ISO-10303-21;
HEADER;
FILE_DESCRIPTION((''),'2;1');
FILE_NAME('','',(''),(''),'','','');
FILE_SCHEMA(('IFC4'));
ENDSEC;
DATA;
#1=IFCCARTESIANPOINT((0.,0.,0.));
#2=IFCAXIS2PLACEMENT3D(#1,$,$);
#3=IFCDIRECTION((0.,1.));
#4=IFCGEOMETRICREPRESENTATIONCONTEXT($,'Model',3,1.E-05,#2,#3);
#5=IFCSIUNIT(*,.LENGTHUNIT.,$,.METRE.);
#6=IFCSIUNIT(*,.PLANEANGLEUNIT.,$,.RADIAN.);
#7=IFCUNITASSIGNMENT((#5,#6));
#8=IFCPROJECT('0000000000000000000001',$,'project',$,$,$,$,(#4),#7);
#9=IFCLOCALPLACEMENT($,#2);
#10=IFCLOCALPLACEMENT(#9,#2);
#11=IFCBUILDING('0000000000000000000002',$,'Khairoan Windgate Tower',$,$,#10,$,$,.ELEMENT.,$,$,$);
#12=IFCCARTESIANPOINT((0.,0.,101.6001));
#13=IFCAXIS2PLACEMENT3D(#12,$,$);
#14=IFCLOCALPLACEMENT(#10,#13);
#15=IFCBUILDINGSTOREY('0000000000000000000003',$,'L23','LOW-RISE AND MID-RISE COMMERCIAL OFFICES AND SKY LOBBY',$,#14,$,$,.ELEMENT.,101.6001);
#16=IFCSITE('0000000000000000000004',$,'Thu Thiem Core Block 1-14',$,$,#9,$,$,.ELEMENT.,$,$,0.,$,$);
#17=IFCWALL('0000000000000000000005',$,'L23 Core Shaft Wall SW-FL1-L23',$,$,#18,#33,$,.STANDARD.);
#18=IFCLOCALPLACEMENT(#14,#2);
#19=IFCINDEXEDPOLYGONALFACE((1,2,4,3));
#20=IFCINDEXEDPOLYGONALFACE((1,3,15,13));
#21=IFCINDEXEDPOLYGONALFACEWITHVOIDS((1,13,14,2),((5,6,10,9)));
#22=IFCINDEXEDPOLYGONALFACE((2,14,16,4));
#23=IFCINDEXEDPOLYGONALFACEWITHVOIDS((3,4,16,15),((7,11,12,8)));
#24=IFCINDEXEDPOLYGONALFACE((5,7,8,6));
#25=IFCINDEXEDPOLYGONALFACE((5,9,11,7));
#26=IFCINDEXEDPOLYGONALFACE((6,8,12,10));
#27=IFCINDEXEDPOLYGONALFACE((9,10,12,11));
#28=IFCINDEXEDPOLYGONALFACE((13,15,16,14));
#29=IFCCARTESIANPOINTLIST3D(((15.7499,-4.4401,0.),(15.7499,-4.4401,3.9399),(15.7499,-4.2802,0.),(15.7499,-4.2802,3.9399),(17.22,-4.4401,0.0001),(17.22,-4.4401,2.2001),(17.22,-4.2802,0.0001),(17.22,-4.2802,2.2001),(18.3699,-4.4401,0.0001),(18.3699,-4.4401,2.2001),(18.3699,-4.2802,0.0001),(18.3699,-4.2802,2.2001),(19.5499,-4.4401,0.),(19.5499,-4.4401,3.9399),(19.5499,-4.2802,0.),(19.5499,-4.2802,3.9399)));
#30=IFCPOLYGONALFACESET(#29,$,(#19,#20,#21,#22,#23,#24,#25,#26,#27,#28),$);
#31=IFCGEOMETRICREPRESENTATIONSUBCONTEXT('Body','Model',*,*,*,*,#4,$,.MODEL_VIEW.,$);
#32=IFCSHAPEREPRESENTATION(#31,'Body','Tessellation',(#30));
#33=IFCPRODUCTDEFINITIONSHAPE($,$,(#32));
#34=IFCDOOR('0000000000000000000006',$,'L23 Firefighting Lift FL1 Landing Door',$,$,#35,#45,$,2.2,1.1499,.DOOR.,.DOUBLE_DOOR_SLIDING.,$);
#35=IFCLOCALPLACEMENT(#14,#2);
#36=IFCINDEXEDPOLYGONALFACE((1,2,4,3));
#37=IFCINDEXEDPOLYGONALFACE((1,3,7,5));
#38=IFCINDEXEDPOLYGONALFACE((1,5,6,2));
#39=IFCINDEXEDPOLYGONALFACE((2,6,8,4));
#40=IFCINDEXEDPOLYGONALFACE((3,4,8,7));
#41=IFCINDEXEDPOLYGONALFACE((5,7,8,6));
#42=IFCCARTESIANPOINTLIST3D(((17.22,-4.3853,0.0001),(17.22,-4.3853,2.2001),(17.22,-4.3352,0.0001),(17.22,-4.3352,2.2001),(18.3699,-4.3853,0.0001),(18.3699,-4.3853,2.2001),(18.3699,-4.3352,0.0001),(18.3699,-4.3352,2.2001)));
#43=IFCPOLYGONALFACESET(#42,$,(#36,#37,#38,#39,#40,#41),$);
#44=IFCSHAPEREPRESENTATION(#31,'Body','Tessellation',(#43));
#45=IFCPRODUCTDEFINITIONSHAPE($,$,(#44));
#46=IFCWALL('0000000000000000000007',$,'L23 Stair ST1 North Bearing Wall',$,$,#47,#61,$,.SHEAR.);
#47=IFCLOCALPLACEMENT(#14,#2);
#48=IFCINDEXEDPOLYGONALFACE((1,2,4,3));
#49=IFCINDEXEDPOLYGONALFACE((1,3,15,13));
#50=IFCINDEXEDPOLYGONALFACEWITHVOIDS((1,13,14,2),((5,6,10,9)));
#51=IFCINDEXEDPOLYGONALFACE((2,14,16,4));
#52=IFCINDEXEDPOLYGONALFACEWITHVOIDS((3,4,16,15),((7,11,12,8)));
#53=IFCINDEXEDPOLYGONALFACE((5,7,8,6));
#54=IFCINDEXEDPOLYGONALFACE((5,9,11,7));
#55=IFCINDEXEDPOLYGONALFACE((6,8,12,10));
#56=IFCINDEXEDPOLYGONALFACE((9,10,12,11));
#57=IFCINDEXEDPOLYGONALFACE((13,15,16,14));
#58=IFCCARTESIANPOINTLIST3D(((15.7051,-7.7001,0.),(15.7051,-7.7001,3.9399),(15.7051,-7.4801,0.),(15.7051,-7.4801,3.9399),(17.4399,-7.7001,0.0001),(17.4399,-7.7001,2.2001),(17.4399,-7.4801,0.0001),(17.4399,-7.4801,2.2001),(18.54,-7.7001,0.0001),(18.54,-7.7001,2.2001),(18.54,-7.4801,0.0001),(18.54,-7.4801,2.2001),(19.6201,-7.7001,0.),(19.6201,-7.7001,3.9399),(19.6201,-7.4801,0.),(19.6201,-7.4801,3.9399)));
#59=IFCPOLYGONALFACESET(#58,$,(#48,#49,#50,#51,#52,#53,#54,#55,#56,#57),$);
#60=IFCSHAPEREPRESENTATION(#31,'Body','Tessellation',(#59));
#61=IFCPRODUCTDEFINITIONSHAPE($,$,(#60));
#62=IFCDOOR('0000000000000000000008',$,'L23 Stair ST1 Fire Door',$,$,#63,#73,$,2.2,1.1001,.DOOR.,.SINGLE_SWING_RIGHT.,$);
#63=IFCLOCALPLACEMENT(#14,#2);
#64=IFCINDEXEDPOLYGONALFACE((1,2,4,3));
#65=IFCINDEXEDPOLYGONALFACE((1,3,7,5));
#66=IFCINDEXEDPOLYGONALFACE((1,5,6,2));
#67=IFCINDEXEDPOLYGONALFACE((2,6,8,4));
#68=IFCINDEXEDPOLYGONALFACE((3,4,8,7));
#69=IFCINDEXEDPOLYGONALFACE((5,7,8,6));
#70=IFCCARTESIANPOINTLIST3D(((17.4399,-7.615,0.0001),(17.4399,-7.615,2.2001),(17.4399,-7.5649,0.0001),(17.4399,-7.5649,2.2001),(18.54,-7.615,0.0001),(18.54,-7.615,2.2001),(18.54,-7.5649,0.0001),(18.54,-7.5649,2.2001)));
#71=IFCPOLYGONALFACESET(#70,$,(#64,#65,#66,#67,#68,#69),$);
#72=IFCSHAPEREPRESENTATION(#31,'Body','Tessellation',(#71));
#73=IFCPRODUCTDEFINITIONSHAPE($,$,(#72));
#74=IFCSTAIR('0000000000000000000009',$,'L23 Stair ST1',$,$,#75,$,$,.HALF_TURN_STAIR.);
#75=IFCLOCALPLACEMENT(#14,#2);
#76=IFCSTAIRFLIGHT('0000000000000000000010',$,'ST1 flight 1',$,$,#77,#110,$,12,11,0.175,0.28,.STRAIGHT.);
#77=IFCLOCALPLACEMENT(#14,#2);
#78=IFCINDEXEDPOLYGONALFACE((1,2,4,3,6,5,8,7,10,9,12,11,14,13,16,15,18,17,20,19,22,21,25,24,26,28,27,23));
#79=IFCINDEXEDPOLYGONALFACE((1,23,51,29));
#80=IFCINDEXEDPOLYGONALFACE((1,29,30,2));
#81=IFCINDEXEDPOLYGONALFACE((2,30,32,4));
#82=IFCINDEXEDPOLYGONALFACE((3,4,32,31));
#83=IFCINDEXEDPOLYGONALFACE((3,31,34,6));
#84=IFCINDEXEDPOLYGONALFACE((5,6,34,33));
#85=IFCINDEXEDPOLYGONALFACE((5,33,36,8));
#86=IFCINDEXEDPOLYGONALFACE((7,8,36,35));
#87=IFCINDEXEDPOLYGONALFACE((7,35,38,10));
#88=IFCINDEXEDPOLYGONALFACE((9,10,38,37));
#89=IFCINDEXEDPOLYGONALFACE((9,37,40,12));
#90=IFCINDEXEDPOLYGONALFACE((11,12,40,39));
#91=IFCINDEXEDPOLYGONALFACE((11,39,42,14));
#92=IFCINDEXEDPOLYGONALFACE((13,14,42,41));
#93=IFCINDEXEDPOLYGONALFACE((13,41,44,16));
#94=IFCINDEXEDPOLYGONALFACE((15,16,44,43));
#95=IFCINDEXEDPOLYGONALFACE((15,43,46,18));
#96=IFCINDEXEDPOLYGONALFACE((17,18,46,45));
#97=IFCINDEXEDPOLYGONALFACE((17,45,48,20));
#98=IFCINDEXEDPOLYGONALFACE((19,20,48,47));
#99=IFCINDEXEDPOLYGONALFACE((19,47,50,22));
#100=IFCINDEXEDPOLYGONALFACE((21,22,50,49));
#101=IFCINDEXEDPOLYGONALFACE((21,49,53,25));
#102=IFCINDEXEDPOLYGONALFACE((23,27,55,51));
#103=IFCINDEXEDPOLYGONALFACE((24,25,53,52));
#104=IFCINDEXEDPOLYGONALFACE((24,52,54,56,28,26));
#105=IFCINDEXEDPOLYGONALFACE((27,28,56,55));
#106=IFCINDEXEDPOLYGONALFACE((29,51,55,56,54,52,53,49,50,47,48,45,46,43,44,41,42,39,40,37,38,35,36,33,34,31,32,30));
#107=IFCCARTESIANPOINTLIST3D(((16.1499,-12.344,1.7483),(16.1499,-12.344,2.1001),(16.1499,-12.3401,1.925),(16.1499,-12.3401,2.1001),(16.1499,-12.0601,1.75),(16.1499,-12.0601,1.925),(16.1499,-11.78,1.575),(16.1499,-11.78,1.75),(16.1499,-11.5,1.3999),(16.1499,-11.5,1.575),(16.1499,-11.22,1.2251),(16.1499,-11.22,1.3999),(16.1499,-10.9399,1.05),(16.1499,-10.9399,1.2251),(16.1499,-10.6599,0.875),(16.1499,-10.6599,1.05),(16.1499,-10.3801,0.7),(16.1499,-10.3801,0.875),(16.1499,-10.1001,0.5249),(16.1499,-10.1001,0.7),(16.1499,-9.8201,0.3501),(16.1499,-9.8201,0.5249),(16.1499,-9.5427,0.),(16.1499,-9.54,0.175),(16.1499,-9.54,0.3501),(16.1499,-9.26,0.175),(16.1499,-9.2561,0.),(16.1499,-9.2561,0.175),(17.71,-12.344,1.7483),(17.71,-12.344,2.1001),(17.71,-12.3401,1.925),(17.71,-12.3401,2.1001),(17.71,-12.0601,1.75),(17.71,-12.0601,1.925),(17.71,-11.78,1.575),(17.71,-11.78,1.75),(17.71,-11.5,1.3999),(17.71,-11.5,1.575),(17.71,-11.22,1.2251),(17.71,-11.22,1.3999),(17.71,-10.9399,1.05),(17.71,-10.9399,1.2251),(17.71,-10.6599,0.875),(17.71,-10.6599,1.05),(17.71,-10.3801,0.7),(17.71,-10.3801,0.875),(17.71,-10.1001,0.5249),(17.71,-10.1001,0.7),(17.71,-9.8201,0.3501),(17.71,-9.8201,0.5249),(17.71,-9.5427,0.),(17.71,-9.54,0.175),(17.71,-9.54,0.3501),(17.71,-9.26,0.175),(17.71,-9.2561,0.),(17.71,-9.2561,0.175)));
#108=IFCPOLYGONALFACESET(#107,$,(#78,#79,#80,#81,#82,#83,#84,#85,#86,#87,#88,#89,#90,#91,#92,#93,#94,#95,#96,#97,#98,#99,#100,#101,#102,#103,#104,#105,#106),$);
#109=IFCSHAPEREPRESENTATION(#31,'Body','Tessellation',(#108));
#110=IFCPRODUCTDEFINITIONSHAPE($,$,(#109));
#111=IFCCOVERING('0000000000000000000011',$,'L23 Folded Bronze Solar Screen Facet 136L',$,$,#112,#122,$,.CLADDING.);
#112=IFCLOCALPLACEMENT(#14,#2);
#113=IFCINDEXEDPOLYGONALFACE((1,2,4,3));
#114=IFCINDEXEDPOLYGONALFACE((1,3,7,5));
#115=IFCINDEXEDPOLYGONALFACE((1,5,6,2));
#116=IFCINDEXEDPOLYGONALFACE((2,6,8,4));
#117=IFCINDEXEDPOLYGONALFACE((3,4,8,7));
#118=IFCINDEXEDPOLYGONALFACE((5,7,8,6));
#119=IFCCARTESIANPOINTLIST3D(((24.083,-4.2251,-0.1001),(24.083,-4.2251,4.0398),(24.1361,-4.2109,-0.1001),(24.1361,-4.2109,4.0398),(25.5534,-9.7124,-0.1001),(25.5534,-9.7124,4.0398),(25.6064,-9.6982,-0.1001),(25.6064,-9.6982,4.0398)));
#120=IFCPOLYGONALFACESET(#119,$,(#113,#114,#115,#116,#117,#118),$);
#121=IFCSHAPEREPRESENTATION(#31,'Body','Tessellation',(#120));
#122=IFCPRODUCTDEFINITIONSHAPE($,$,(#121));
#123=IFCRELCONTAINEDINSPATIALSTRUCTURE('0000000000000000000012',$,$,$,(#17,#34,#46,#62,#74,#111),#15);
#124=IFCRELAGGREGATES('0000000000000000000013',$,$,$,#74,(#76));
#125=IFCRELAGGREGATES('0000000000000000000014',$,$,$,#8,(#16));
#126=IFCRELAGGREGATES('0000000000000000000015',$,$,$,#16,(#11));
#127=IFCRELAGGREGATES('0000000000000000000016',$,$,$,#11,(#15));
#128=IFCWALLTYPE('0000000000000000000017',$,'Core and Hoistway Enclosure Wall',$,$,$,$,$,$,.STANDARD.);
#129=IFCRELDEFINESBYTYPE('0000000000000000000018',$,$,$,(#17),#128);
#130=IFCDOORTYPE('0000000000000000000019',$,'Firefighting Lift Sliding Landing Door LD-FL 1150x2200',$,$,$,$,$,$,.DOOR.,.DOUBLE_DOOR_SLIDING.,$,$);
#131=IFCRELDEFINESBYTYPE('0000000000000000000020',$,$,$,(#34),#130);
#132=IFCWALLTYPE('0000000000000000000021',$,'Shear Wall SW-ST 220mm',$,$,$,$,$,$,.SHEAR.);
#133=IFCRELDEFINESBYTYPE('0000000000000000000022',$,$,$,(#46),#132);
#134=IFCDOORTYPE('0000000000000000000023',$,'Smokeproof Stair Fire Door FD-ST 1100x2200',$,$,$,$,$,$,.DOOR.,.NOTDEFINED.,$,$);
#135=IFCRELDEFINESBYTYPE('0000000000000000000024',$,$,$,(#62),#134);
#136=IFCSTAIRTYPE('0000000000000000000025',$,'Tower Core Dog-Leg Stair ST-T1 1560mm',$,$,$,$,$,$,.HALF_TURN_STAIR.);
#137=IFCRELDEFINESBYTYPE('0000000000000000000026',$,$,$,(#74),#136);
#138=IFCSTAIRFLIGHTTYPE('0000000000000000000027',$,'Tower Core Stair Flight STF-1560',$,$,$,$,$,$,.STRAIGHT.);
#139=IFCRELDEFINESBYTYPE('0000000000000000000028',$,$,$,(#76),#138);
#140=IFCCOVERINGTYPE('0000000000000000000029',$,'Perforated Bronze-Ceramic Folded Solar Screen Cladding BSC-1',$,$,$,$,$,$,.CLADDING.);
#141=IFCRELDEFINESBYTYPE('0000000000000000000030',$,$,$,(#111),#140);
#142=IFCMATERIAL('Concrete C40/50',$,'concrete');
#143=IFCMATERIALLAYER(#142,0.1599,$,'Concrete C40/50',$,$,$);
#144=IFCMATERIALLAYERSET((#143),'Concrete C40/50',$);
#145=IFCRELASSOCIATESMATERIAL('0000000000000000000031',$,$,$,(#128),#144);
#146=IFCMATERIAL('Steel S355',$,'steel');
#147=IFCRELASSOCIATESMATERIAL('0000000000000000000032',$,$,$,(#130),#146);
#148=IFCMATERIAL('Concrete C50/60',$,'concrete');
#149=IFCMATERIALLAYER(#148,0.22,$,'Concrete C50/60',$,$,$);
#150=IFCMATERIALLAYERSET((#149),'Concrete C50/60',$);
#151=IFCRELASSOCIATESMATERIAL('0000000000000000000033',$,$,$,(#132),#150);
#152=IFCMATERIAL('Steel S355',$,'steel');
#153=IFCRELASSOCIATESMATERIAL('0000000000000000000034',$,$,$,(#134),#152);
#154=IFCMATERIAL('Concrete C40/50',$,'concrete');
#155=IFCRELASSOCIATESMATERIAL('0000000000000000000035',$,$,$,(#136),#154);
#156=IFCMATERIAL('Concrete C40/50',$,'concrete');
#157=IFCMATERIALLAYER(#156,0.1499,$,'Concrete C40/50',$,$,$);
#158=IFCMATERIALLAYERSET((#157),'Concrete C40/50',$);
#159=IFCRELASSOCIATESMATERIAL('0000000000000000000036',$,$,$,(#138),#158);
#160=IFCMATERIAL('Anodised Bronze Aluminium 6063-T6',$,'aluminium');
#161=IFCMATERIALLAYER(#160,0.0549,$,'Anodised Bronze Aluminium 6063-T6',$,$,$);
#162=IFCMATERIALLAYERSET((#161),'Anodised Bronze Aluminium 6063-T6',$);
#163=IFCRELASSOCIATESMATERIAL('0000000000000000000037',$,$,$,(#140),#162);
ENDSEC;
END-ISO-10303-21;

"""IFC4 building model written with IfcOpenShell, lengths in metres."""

from ifc_helpers import new_model, si_unit, direction, frame, frame_2d, origin, origin_2d, place, context, subcontext, project, spatial, polyline, rectangle, outline, extrude, material, layer, layer_set, type_object, element, fill, aggregate, save


model = new_model("IFC4")

# Units and contexts
model_context = context("Model", 3, precision=1e-05, world=origin(), true_north=direction((0.0, 1.0)))
body_context = subcontext(model_context, "Body", "Model", "MODEL_VIEW")
ifc_project = project(units=[si_unit("LENGTHUNIT", "METRE"), si_unit("PLANEANGLEUNIT", "RADIAN")], contexts=[model_context])

# Site, building, storey
site_placement = place(None, origin())
site = spatial("IfcSite", under=ifc_project, at=site_placement, Name="Thu Thiem Core Block 1-14", CompositionType="ELEMENT", RefElevation=0.0)
building_placement = place(site_placement, origin())
building = spatial("IfcBuilding", under=site, at=building_placement, Name="Khairoan Windgate Tower", CompositionType="ELEMENT")
storey_placement = place(building_placement, frame((0.0, 0.0, 101.6001)))
storey = spatial("IfcBuildingStorey", under=building, at=storey_placement, Name="L23", Description="LOW-RISE AND MID-RISE COMMERCIAL OFFICES AND SKY LOBBY", CompositionType="ELEMENT", Elevation=101.6001)

# Walls, openings, doors
ifc_material_1 = material(Name="Concrete C40/50", Category="concrete")
ifc_layer_1 = layer(ifc_material_1, 0.1599, Name="Concrete C40/50")
ifc_layer_set_1 = layer_set([ifc_layer_1], Name="Concrete C40/50")
wall_type_1 = type_object("IfcWallType", Name="Core and Hoistway Enclosure Wall", PredefinedType="STANDARD", material=ifc_layer_set_1)
wall_1_placement = place(storey_placement, frame((15.75, -4.3601, 0.0), z_axis=(0.0, 0.0, 1.0), x_axis=(1.0, 0.0, 0.0)))
wall_1 = element("IfcWall", 1, at=wall_1_placement, inside=storey, type_object=wall_type_1, Name="L23 Core Shaft Wall SW-FL1-L23", PredefinedType="STANDARD", context=body_context, shape_type="SweptSolid", body=[
    extrude(rectangle(XDim=3.8, YDim=0.1599, at=frame_2d((1.8999, 0.0))), origin(), (0.0, 0.0, 1.0), 3.9399),
])
opening_1_placement = place(wall_1_placement, frame((1.47, 0.0, 0.0)))
opening_1 = element("IfcOpeningElement", 2, at=opening_1_placement, cuts=wall_1, PredefinedType="OPENING", context=body_context, shape_type="SweptSolid", body=[
    extrude(rectangle(XDim=1.1499, YDim=2.2, at=frame_2d((0.575, 1.1001))), frame((0.0, 0.0898, 0.0), z_axis=(0.0, -1.0, 0.0), x_axis=(1.0, 0.0, 0.0)), (0.0, 0.0, 1.0), 0.1799),
])
ifc_material_2 = material(Name="Steel S355", Category="steel")
door_type_1 = type_object("IfcDoorType", Name="Firefighting Lift Sliding Landing Door LD-FL 1150x2200", OperationType="DOUBLE_DOOR_SLIDING", PredefinedType="DOOR", material=ifc_material_2)
door_1_placement = place(opening_1_placement, origin())
door_1 = element("IfcDoor", 3, at=door_1_placement, inside=storey, type_object=door_type_1, Name="L23 Firefighting Lift FL1 Landing Door", OperationType="DOUBLE_DOOR_SLIDING", OverallHeight=2.2, OverallWidth=1.1499, PredefinedType="DOOR", context=body_context, shape_type="SweptSolid", body=[
    extrude(rectangle(XDim=1.1499, YDim=2.2, at=frame_2d((0.575, 1.1001))), frame((0.0, 0.0249, 0.0), z_axis=(0.0, -1.0, 0.0), x_axis=(1.0, 0.0, 0.0)), (0.0, 0.0, 1.0), 0.05),
])
fill(opening_1, door_1)
ifc_material_3 = material(Name="Concrete C50/60", Category="concrete")
ifc_layer_2 = layer(ifc_material_3, 0.22, Name="Concrete C50/60")
ifc_layer_set_2 = layer_set([ifc_layer_2], Name="Concrete C50/60")
wall_type_2 = type_object("IfcWallType", Name="Shear Wall SW-ST 220mm", PredefinedType="SHEAR", material=ifc_layer_set_2)
wall_2_placement = place(storey_placement, frame((19.6201, -7.5901, 0.0), z_axis=(0.0, 0.0, 1.0), x_axis=(-1.0, 0.0, 0.0)))
wall_2 = element("IfcWall", 4, at=wall_2_placement, inside=storey, type_object=wall_type_2, Name="L23 Stair ST1 North Bearing Wall", PredefinedType="SHEAR", context=body_context, shape_type="SweptSolid", body=[
    extrude(rectangle(XDim=3.915, YDim=0.22, at=frame_2d((1.9575, 0.0))), origin(), (0.0, 0.0, 1.0), 3.9399),
])
opening_2_placement = place(wall_2_placement, frame((1.0801, 0.0, 0.0)))
opening_2 = element("IfcOpeningElement", 5, at=opening_2_placement, cuts=wall_2, PredefinedType="OPENING", context=body_context, shape_type="SweptSolid", body=[
    extrude(rectangle(XDim=1.1001, YDim=2.2, at=frame_2d((0.55, 1.1001))), frame((0.0, 0.1199, 0.0), z_axis=(0.0, -1.0, 0.0), x_axis=(1.0, 0.0, 0.0)), (0.0, 0.0, 1.0), 0.24),
])
ifc_material_4 = material(Name="Steel S355", Category="steel")
door_type_2 = type_object("IfcDoorType", Name="Smokeproof Stair Fire Door FD-ST 1100x2200", OperationType="NOTDEFINED", PredefinedType="DOOR", material=ifc_material_4)
door_2_placement = place(opening_2_placement, origin())
door_2 = element("IfcDoor", 6, at=door_2_placement, inside=storey, type_object=door_type_2, Name="L23 Stair ST1 Fire Door", OperationType="SINGLE_SWING_RIGHT", OverallHeight=2.2, OverallWidth=1.1001, PredefinedType="DOOR", context=body_context, shape_type="SweptSolid", body=[
    extrude(rectangle(XDim=1.1001, YDim=2.2, at=frame_2d((0.55, 1.1001))), frame((0.0, 0.0249, 0.0), z_axis=(0.0, -1.0, 0.0), x_axis=(1.0, 0.0, 0.0)), (0.0, 0.0, 1.0), 0.05),
])
fill(opening_2, door_2)

# Stair, stair flight
ifc_material_5 = material(Name="Concrete C40/50", Category="concrete")
stair_type = type_object("IfcStairType", Name="Tower Core Dog-Leg Stair ST-T1 1560mm", PredefinedType="HALF_TURN_STAIR", material=ifc_material_5)
stair_placement = place(storey_placement, origin())
stair = element("IfcStair", 7, at=stair_placement, inside=storey, type_object=stair_type, Name="L23 Stair ST1", PredefinedType="HALF_TURN_STAIR")
ifc_material_6 = material(Name="Concrete C40/50", Category="concrete")
ifc_layer_3 = layer(ifc_material_6, 0.1499, Name="Concrete C40/50")
ifc_layer_set_3 = layer_set([ifc_layer_3], Name="Concrete C40/50")
stair_flight_type = type_object("IfcStairFlightType", Name="Tower Core Stair Flight STF-1560", PredefinedType="STRAIGHT", material=ifc_layer_set_3)
stair_flight_placement = place(storey_placement, frame((16.9299, -9.26, 0.0), z_axis=(0.0, 0.0, 1.0), x_axis=(0.0, -1.0, 0.0)))
stair_flight = element("IfcStairFlight", 8, at=stair_flight_placement, type_object=stair_flight_type, Name="ST1 flight 1", NumberOfRisers=12, NumberOfTreads=11, PredefinedType="STRAIGHT", RiserHeight=0.175, TreadLength=0.28, context=body_context, shape_type="SweptSolid", body=[
    extrude(outline(polyline([(-0.0039, 0.0), (-0.0039, 0.175), (0.0, 0.175), (0.28, 0.175), (0.28, 0.3501), (0.5601, 0.3501), (0.5601, 0.5249), (0.8401, 0.5249), (0.8401, 0.7), (1.1201, 0.7), (1.1201, 0.875), (1.3999, 0.875), (1.3999, 1.05), (1.6799, 1.05), (1.6799, 1.2251), (1.96, 1.2251), (1.96, 1.3999), (2.24, 1.3999), (2.24, 1.575), (2.52, 1.575), (2.52, 1.75), (2.8, 1.75), (2.8, 1.925), (3.0801, 1.925), (3.0801, 2.1001), (3.084, 2.1001), (3.084, 1.7483), (0.2827, 0.0), (-0.0039, 0.0)])), frame((0.0, 0.78, 0.0), z_axis=(0.0, -1.0, 0.0), x_axis=(1.0, 0.0, 0.0)), (0.0, 0.0, 1.0), 1.5601),
])
aggregate(stair, [stair_flight])

# Covering
ifc_material_7 = material(Name="Anodised Bronze Aluminium 6063-T6", Category="aluminium")
ifc_layer_4 = layer(ifc_material_7, 0.0549, Name="Anodised Bronze Aluminium 6063-T6")
ifc_layer_set_4 = layer_set([ifc_layer_4], Name="Anodised Bronze Aluminium 6063-T6")
covering_type = type_object("IfcCoveringType", Name="Perforated Bronze-Ceramic Folded Solar Screen Cladding BSC-1", PredefinedType="CLADDING", material=ifc_layer_set_4)
covering_placement = place(storey_placement, frame((24.8447, -6.9617, -0.1001), z_axis=(0.0, 0.0, 1.0), x_axis=(0.258819, -0.965926, 0.0)))
element("IfcCovering", 9, at=covering_placement, inside=storey, type_object=covering_type, Name="L23 Folded Bronze Solar Screen Facet 136L", PredefinedType="CLADDING", context=body_context, shape_type="SweptSolid", body=[
    extrude(rectangle(XDim=5.6809, YDim=0.0549, at=origin_2d()), origin(), (0.0, 0.0, 1.0), 4.1399),
])

save(model, "model.ifc")
